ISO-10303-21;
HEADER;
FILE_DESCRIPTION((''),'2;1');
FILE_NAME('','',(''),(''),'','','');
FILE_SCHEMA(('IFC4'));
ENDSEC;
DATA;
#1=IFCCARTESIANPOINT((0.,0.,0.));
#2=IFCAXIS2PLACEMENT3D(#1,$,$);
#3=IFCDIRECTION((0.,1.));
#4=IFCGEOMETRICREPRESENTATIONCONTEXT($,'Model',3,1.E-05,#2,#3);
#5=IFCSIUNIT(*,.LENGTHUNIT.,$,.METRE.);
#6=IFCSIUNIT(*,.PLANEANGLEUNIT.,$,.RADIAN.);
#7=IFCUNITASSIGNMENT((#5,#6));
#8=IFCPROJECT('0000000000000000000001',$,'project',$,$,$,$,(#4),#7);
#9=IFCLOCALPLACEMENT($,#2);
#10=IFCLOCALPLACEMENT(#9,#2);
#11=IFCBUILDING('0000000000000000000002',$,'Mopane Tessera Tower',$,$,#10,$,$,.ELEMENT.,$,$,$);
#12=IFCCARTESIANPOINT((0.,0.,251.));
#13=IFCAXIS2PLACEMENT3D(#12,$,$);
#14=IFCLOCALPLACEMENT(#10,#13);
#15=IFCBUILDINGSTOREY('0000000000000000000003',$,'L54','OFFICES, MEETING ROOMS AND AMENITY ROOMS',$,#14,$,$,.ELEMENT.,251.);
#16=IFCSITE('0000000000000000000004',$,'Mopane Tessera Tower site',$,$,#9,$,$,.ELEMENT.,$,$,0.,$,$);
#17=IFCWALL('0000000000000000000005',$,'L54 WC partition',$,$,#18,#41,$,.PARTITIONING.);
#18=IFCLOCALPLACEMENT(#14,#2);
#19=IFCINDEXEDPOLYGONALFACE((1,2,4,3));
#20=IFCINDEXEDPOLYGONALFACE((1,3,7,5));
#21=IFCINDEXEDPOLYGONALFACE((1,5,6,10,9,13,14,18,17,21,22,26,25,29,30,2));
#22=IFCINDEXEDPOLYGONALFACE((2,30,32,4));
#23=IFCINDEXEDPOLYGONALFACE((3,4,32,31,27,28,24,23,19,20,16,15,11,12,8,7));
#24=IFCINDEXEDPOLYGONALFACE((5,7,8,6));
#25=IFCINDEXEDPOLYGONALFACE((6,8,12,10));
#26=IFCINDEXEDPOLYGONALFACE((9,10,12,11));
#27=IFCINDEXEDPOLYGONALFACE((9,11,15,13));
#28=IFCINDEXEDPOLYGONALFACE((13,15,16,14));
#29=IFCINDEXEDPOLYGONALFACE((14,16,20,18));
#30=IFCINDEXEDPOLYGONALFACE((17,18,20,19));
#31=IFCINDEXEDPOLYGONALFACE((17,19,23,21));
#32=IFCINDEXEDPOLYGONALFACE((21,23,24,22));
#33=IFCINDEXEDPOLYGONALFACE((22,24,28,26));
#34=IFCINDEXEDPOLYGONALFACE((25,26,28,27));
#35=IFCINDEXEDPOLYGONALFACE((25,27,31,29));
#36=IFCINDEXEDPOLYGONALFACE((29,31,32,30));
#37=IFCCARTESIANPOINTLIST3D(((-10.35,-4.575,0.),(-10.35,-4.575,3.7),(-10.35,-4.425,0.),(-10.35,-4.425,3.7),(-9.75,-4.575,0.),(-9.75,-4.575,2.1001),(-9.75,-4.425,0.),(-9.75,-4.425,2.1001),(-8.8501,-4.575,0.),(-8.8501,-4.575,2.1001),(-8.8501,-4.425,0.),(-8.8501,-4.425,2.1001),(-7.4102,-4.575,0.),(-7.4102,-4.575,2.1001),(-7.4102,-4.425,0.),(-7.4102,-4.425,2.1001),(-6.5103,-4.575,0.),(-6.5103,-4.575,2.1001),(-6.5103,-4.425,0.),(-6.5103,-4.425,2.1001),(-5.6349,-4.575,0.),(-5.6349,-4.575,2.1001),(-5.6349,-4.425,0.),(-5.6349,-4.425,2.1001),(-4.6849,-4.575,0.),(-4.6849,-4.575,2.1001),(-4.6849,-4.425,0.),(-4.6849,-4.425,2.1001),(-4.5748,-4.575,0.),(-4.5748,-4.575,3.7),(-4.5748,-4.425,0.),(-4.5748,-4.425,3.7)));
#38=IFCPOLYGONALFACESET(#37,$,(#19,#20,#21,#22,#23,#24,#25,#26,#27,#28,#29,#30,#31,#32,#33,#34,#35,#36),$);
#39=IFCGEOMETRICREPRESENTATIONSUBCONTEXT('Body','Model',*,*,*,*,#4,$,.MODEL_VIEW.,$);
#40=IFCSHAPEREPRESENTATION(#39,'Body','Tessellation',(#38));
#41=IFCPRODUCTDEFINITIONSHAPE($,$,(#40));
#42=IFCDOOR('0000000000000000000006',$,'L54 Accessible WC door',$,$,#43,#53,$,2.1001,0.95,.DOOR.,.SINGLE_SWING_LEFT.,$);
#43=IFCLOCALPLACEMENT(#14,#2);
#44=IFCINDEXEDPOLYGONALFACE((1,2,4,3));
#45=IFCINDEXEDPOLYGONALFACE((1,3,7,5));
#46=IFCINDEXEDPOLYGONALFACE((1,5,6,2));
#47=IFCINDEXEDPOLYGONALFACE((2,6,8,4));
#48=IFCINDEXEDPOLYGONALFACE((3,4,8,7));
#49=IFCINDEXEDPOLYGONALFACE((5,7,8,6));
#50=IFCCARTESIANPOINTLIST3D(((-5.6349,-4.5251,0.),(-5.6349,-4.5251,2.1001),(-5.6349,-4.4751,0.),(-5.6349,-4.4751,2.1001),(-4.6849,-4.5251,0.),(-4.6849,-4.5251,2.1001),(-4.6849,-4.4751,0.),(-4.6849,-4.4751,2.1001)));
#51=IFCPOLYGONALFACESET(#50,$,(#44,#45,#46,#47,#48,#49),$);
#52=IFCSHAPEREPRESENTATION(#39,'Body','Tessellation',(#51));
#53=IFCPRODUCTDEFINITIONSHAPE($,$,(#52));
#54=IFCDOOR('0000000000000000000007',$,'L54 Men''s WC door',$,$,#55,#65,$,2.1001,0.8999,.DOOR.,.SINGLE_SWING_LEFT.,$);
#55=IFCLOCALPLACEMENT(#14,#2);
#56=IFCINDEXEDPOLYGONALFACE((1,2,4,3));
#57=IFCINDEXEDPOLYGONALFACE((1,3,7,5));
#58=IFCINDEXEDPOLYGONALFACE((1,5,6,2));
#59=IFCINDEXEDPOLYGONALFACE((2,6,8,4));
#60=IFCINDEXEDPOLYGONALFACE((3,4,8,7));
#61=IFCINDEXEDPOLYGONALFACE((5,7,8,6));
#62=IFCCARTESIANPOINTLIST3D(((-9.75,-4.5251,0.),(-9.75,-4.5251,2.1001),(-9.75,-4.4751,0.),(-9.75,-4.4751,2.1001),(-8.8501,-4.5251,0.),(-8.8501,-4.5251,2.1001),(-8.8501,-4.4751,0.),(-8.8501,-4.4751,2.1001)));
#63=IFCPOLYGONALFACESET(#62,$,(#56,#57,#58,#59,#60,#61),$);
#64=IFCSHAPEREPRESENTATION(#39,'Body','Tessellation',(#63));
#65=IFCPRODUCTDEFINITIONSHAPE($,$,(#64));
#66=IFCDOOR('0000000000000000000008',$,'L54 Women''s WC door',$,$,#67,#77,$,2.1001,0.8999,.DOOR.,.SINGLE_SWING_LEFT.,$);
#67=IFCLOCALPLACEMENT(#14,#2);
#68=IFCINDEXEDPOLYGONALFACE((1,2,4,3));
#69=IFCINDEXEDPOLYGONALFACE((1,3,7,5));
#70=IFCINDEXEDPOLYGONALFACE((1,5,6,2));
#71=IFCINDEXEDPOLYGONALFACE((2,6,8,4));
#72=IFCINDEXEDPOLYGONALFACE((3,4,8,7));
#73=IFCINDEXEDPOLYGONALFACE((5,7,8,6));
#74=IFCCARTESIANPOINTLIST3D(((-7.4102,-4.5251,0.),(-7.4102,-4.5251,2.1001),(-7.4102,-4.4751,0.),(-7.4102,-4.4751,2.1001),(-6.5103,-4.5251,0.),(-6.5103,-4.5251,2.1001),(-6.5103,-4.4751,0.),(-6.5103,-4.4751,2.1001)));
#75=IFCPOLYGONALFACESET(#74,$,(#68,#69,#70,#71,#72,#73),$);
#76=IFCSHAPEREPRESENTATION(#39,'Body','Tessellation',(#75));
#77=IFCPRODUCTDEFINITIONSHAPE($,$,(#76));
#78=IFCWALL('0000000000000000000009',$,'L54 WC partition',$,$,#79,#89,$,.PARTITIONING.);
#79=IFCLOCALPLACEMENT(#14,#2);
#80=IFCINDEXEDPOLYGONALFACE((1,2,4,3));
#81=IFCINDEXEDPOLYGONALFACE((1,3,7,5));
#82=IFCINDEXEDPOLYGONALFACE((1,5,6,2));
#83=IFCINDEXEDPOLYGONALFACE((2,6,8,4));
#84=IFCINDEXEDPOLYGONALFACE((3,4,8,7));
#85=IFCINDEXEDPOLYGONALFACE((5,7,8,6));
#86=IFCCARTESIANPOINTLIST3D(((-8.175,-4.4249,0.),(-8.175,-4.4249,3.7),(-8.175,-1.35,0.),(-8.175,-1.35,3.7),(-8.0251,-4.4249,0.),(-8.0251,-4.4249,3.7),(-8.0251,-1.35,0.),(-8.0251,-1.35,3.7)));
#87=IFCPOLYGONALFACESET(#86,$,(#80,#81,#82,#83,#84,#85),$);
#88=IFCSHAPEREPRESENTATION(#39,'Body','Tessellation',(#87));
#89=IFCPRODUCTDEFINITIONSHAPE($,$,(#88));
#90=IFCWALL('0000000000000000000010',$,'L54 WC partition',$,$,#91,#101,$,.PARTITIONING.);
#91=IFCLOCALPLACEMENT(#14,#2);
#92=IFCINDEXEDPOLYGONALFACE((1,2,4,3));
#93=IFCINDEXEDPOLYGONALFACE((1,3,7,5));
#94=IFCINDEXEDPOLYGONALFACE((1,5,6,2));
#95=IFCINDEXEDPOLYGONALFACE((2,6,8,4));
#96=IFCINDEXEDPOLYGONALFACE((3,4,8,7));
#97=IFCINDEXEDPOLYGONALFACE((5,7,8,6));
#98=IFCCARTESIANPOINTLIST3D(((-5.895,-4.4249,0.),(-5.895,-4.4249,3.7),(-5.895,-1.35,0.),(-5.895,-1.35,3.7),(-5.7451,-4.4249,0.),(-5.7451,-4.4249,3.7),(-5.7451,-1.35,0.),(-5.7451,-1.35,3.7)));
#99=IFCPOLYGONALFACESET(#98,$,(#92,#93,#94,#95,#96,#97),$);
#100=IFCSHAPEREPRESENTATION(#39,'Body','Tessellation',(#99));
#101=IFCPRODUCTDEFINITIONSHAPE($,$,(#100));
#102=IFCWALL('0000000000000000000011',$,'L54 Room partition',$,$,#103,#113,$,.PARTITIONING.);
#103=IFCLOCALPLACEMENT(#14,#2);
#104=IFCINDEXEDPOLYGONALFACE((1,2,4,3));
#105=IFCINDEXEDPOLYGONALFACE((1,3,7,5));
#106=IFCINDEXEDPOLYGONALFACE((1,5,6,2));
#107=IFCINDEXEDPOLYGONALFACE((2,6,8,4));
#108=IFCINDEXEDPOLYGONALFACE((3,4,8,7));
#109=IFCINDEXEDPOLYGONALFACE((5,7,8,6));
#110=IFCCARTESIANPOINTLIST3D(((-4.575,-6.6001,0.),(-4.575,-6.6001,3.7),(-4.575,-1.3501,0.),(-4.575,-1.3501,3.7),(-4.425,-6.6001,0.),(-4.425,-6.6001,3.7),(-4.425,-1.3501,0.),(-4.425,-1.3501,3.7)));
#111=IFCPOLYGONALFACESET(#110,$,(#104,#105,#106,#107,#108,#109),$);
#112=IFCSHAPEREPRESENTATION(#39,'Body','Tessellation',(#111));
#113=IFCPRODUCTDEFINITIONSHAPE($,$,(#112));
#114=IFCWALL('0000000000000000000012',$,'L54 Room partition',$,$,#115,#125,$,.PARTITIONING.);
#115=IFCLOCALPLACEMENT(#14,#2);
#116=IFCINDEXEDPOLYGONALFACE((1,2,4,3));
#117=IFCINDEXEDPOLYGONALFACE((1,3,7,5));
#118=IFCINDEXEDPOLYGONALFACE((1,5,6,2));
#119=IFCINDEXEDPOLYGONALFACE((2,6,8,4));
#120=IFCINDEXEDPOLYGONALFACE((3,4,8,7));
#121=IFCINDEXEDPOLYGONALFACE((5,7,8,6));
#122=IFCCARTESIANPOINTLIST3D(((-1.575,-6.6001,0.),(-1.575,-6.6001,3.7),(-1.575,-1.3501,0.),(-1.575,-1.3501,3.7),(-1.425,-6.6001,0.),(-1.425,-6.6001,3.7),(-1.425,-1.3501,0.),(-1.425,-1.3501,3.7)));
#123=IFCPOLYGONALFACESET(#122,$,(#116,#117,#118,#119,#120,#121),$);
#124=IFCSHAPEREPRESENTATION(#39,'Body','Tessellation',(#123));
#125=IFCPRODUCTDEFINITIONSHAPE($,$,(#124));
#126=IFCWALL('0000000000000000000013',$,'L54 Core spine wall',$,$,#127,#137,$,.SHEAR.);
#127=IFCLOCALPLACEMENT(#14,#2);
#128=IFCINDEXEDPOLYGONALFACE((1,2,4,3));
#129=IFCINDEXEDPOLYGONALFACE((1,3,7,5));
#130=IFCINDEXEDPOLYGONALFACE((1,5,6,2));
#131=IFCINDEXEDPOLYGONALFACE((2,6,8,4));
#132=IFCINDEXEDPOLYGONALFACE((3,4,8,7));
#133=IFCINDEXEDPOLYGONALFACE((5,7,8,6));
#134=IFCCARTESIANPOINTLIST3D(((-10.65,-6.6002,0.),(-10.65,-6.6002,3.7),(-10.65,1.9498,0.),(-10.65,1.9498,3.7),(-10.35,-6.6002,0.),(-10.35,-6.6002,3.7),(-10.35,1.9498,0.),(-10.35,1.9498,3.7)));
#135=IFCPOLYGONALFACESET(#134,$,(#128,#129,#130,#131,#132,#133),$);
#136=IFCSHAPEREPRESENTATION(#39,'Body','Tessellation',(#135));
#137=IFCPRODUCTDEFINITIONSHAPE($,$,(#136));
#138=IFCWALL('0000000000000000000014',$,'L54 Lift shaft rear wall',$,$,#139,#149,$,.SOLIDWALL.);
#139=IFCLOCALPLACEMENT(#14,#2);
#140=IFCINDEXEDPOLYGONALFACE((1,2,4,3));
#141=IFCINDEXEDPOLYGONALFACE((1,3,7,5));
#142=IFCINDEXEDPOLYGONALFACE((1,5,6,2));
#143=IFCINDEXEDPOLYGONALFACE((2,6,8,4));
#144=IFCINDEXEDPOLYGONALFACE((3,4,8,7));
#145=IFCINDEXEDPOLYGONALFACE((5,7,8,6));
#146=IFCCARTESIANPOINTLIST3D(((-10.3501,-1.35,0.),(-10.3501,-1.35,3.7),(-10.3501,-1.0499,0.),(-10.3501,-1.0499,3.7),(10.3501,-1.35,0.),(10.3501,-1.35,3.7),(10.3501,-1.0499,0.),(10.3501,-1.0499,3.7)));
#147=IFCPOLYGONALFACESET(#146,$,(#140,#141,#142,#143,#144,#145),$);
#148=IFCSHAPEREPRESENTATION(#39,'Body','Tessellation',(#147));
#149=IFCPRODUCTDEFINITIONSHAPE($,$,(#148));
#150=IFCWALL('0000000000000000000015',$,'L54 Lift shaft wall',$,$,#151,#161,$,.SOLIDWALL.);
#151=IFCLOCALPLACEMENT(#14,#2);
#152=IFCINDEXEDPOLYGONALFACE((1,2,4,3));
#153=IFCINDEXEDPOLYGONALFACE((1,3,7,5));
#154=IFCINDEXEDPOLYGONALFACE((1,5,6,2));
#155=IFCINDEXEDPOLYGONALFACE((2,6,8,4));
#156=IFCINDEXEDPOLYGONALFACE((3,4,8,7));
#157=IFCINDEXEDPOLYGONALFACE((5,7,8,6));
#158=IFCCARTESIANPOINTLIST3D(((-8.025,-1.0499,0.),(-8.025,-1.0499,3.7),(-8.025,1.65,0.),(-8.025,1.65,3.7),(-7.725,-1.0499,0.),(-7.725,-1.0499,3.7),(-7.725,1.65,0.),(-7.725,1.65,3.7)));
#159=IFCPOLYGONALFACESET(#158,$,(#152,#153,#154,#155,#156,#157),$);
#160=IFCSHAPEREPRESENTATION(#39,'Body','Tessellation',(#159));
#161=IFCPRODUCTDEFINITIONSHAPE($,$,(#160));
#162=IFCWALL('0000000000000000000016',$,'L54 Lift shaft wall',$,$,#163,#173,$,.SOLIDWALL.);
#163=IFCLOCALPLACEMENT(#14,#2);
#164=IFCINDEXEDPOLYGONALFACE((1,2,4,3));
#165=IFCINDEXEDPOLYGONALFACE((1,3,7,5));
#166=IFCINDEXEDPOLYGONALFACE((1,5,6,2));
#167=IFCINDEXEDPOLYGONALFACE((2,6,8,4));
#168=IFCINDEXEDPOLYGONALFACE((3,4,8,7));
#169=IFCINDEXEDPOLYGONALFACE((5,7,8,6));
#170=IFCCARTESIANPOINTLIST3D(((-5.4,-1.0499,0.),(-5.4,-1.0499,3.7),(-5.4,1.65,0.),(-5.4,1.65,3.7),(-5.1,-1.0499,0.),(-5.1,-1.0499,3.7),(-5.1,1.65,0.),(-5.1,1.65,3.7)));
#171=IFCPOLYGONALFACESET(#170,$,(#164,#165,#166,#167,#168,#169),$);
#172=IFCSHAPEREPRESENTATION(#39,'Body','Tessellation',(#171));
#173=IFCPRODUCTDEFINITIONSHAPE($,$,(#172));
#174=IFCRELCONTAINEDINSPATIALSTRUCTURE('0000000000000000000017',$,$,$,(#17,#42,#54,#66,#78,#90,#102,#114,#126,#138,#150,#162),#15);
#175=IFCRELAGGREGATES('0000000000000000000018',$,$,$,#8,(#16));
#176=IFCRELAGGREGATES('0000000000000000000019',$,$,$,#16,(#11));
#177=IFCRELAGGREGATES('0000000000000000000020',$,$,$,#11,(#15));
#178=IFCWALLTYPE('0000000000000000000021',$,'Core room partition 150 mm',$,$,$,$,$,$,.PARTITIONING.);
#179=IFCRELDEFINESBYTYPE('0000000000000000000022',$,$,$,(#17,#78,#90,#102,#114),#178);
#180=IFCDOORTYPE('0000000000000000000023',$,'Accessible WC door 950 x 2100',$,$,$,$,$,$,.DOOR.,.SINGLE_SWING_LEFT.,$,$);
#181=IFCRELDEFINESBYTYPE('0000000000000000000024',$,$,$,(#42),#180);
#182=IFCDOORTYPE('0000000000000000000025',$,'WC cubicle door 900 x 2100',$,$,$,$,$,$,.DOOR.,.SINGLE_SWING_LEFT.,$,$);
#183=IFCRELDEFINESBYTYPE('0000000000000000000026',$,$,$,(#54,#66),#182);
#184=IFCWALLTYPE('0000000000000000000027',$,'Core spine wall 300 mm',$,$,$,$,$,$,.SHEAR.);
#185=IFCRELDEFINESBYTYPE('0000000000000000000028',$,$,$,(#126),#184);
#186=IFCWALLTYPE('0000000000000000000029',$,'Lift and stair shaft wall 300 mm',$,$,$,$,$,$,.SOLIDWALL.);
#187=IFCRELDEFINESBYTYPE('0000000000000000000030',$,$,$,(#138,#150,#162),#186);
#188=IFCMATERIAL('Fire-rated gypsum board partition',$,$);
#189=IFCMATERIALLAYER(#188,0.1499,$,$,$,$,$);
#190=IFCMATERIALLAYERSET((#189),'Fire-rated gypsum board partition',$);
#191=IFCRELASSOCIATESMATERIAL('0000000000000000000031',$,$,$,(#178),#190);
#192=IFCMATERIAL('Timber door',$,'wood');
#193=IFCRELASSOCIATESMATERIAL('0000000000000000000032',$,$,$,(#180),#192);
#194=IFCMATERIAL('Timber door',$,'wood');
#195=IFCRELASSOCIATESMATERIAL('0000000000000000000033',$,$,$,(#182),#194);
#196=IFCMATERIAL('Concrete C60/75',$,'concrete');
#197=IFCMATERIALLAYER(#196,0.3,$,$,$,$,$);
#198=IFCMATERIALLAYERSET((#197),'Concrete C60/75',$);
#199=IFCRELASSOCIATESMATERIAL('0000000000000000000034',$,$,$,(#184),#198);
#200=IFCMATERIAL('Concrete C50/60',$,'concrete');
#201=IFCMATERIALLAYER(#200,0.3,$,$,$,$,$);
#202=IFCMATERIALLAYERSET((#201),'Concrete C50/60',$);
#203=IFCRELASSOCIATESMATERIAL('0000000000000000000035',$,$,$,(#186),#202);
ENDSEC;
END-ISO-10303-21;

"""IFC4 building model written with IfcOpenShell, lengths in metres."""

from ifc_helpers import new_model, si_unit, direction, frame, frame_2d, origin, place, context, subcontext, project, spatial, rectangle, extrude, material, layer, layer_set, type_object, element, fill, save


model = new_model("IFC4")

# Units and contexts
model_context = context("Model", 3, precision=1e-05, world=origin(), true_north=direction((0.0, 1.0)))
body_context = subcontext(model_context, "Body", "Model", "MODEL_VIEW")
ifc_project = project(units=[si_unit("LENGTHUNIT", "METRE"), si_unit("PLANEANGLEUNIT", "RADIAN")], contexts=[model_context])

# Site, building, storey
site_placement = place(None, origin())
site = spatial("IfcSite", under=ifc_project, at=site_placement, Name="Mopane Tessera Tower site", CompositionType="ELEMENT", RefElevation=0.0)
building_placement = place(site_placement, origin())
building = spatial("IfcBuilding", under=site, at=building_placement, Name="Mopane Tessera Tower", CompositionType="ELEMENT")
storey_placement = place(building_placement, frame((0.0, 0.0, 251.0)))
storey = spatial("IfcBuildingStorey", under=building, at=storey_placement, Name="L54", Description="OFFICES, MEETING ROOMS AND AMENITY ROOMS", CompositionType="ELEMENT", Elevation=251.0)

# Wall, openings, doors
ifc_material_1 = material(Name="Fire-rated gypsum board partition")
ifc_layer_1 = layer(ifc_material_1, 0.1499)
ifc_layer_set_1 = layer_set([ifc_layer_1], Name="Fire-rated gypsum board partition")
wall_type_1 = type_object("IfcWallType", Name="Core room partition 150 mm", PredefinedType="PARTITIONING", material=ifc_layer_set_1)
wall_1_placement = place(storey_placement, frame((-10.3501, -4.5, 0.0), z_axis=(0.0, 0.0, 1.0), x_axis=(1.0, 0.0, 0.0)))
wall_1 = element("IfcWall", 1, at=wall_1_placement, inside=storey, type_object=wall_type_1, Name="L54 WC partition", PredefinedType="PARTITIONING", context=body_context, shape_type="SweptSolid", body=[
    extrude(rectangle(XDim=5.7751, YDim=0.1499, at=frame_2d((2.8877, 0.0))), origin(), (0.0, 0.0, 1.0), 3.7),
])
opening_1_placement = place(wall_1_placement, frame((0.6001, 0.0, 0.0)))
opening_1 = element("IfcOpeningElement", 2, at=opening_1_placement, cuts=wall_1, PredefinedType="OPENING", context=body_context, shape_type="SweptSolid", body=[
    extrude(rectangle(XDim=0.8999, YDim=2.1001, at=frame_2d((0.45, 1.05))), frame((0.0, 0.0869, 0.0), z_axis=(0.0, -1.0, 0.0), x_axis=(1.0, 0.0, 0.0)), (0.0, 0.0, 1.0), 0.1738),
])
opening_2_placement = place(wall_1_placement, frame((2.9399, 0.0, 0.0)))
opening_2 = element("IfcOpeningElement", 3, at=opening_2_placement, cuts=wall_1, PredefinedType="OPENING", context=body_context, shape_type="SweptSolid", body=[
    extrude(rectangle(XDim=0.8999, YDim=2.1001, at=frame_2d((0.45, 1.05))), frame((0.0, 0.0869, 0.0), z_axis=(0.0, -1.0, 0.0), x_axis=(1.0, 0.0, 0.0)), (0.0, 0.0, 1.0), 0.1738),
])
opening_3_placement = place(wall_1_placement, frame((4.7151, 0.0, 0.0)))
opening_3 = element("IfcOpeningElement", 4, at=opening_3_placement, cuts=wall_1, PredefinedType="OPENING", context=body_context, shape_type="SweptSolid", body=[
    extrude(rectangle(XDim=0.95, YDim=2.1001, at=frame_2d((0.4751, 1.05))), frame((0.0, 0.0869, 0.0), z_axis=(0.0, -1.0, 0.0), x_axis=(1.0, 0.0, 0.0)), (0.0, 0.0, 1.0), 0.1738),
])
ifc_material_2 = material(Name="Timber door", Category="wood")
door_type_1 = type_object("IfcDoorType", Name="Accessible WC door 950 x 2100", OperationType="SINGLE_SWING_LEFT", PredefinedType="DOOR", material=ifc_material_2)
door_1_placement = place(opening_3_placement, origin())
door_1 = element("IfcDoor", 5, at=door_1_placement, inside=storey, type_object=door_type_1, Name="L54 Accessible WC door", OperationType="SINGLE_SWING_LEFT", OverallHeight=2.1001, OverallWidth=0.95, PredefinedType="DOOR", context=body_context, shape_type="SweptSolid", body=[
    extrude(rectangle(XDim=0.95, YDim=2.1001, at=frame_2d((0.4751, 1.05))), frame((0.0, 0.0249, 0.0), z_axis=(0.0, -1.0, 0.0), x_axis=(1.0, 0.0, 0.0)), (0.0, 0.0, 1.0), 0.05),
])
fill(opening_3, door_1)
ifc_material_3 = material(Name="Timber door", Category="wood")
door_type_2 = type_object("IfcDoorType", Name="WC cubicle door 900 x 2100", OperationType="SINGLE_SWING_LEFT", PredefinedType="DOOR", material=ifc_material_3)
door_2_placement = place(opening_1_placement, origin())
door_2 = element("IfcDoor", 6, at=door_2_placement, inside=storey, type_object=door_type_2, Name="L54 Men's WC door", OperationType="SINGLE_SWING_LEFT", OverallHeight=2.1001, OverallWidth=0.8999, PredefinedType="DOOR", context=body_context, shape_type="SweptSolid", body=[
    extrude(rectangle(XDim=0.8999, YDim=2.1001, at=frame_2d((0.45, 1.05))), frame((0.0, 0.0249, 0.0), z_axis=(0.0, -1.0, 0.0), x_axis=(1.0, 0.0, 0.0)), (0.0, 0.0, 1.0), 0.05),
])
fill(opening_1, door_2)
door_3_placement = place(opening_2_placement, origin())
door_3 = element("IfcDoor", 7, at=door_3_placement, inside=storey, type_object=door_type_2, Name="L54 Women's WC door", OperationType="SINGLE_SWING_LEFT", OverallHeight=2.1001, OverallWidth=0.8999, PredefinedType="DOOR", context=body_context, shape_type="SweptSolid", body=[
    extrude(rectangle(XDim=0.8999, YDim=2.1001, at=frame_2d((0.45, 1.05))), frame((0.0, 0.0249, 0.0), z_axis=(0.0, -1.0, 0.0), x_axis=(1.0, 0.0, 0.0)), (0.0, 0.0, 1.0), 0.05),
])
fill(opening_2, door_3)

# Walls
for number, where, z_axis, x_axis, name in (
    (8, (-8.1001, -4.425, 0.0), (0.0, 0.0, 1.0), (0.0, 1.0, 0.0), "L54 WC partition"),
    (9, (-5.8201, -4.425, 0.0), (0.0, 0.0, 1.0), (0.0, 1.0, 0.0), "L54 WC partition"),
):
    element("IfcWall", number, at=place(storey_placement, frame(where, z_axis=z_axis, x_axis=x_axis)), inside=storey, type_object=wall_type_1, Name=name, PredefinedType="PARTITIONING", context=body_context, shape_type="SweptSolid", body=[
        extrude(rectangle(XDim=3.075, YDim=0.1499, at=frame_2d((1.5376, 0.0))), origin(), (0.0, 0.0, 1.0), 3.7),
    ])
for number, where, z_axis, x_axis, name in (
    (10, (-4.5, -6.6001, 0.0), (0.0, 0.0, 1.0), (0.0, 1.0, 0.0), "L54 Room partition"),
    (11, (-1.5, -6.6001, 0.0), (0.0, 0.0, 1.0), (0.0, 1.0, 0.0), "L54 Room partition"),
):
    element("IfcWall", number, at=place(storey_placement, frame(where, z_axis=z_axis, x_axis=x_axis)), inside=storey, type_object=wall_type_1, Name=name, PredefinedType="PARTITIONING", context=body_context, shape_type="SweptSolid", body=[
        extrude(rectangle(XDim=5.25, YDim=0.1499, at=frame_2d((2.625, 0.0))), origin(), (0.0, 0.0, 1.0), 3.7),
    ])
ifc_material_4 = material(Name="Concrete C60/75", Category="concrete")
ifc_layer_2 = layer(ifc_material_4, 0.3)
ifc_layer_set_2 = layer_set([ifc_layer_2], Name="Concrete C60/75")
wall_type_2 = type_object("IfcWallType", Name="Core spine wall 300 mm", PredefinedType="SHEAR", material=ifc_layer_set_2)
wall_2_placement = place(storey_placement, frame((-10.5, -6.6001, 0.0), z_axis=(0.0, 0.0, 1.0), x_axis=(0.0, 1.0, 0.0)))
element("IfcWall", 12, at=wall_2_placement, inside=storey, type_object=wall_type_2, Name="L54 Core spine wall", PredefinedType="SHEAR", context=body_context, shape_type="SweptSolid", body=[
    extrude(rectangle(XDim=8.55, YDim=0.3, at=frame_2d((4.2749, 0.0))), origin(), (0.0, 0.0, 1.0), 3.7),
])
ifc_material_5 = material(Name="Concrete C50/60", Category="concrete")
ifc_layer_3 = layer(ifc_material_5, 0.3)
ifc_layer_set_3 = layer_set([ifc_layer_3], Name="Concrete C50/60")
wall_type_3 = type_object("IfcWallType", Name="Lift and stair shaft wall 300 mm", PredefinedType="SOLIDWALL", material=ifc_layer_set_3)
wall_3_placement = place(storey_placement, frame((-10.3501, -1.2, 0.0), z_axis=(0.0, 0.0, 1.0), x_axis=(1.0, 0.0, 0.0)))
element("IfcWall", 13, at=wall_3_placement, inside=storey, type_object=wall_type_3, Name="L54 Lift shaft rear wall", PredefinedType="SOLIDWALL", context=body_context, shape_type="SweptSolid", body=[
    extrude(rectangle(XDim=20.7002, YDim=0.3, at=frame_2d((10.3501, 0.0))), origin(), (0.0, 0.0, 1.0), 3.7),
])
for number, where, z_axis, x_axis, name in (
    (14, (-7.875, -1.05, 0.0), (0.0, 0.0, 1.0), (0.0, 1.0, 0.0), "L54 Lift shaft wall"),
    (15, (-5.25, -1.05, 0.0), (0.0, 0.0, 1.0), (0.0, 1.0, 0.0), "L54 Lift shaft wall"),
):
    element("IfcWall", number, at=place(storey_placement, frame(where, z_axis=z_axis, x_axis=x_axis)), inside=storey, type_object=wall_type_3, Name=name, PredefinedType="SOLIDWALL", context=body_context, shape_type="SweptSolid", body=[
        extrude(rectangle(XDim=2.7, YDim=0.3, at=frame_2d((1.3501, 0.0))), origin(), (0.0, 0.0, 1.0), 3.7),
    ])

save(model, "model.ifc")
